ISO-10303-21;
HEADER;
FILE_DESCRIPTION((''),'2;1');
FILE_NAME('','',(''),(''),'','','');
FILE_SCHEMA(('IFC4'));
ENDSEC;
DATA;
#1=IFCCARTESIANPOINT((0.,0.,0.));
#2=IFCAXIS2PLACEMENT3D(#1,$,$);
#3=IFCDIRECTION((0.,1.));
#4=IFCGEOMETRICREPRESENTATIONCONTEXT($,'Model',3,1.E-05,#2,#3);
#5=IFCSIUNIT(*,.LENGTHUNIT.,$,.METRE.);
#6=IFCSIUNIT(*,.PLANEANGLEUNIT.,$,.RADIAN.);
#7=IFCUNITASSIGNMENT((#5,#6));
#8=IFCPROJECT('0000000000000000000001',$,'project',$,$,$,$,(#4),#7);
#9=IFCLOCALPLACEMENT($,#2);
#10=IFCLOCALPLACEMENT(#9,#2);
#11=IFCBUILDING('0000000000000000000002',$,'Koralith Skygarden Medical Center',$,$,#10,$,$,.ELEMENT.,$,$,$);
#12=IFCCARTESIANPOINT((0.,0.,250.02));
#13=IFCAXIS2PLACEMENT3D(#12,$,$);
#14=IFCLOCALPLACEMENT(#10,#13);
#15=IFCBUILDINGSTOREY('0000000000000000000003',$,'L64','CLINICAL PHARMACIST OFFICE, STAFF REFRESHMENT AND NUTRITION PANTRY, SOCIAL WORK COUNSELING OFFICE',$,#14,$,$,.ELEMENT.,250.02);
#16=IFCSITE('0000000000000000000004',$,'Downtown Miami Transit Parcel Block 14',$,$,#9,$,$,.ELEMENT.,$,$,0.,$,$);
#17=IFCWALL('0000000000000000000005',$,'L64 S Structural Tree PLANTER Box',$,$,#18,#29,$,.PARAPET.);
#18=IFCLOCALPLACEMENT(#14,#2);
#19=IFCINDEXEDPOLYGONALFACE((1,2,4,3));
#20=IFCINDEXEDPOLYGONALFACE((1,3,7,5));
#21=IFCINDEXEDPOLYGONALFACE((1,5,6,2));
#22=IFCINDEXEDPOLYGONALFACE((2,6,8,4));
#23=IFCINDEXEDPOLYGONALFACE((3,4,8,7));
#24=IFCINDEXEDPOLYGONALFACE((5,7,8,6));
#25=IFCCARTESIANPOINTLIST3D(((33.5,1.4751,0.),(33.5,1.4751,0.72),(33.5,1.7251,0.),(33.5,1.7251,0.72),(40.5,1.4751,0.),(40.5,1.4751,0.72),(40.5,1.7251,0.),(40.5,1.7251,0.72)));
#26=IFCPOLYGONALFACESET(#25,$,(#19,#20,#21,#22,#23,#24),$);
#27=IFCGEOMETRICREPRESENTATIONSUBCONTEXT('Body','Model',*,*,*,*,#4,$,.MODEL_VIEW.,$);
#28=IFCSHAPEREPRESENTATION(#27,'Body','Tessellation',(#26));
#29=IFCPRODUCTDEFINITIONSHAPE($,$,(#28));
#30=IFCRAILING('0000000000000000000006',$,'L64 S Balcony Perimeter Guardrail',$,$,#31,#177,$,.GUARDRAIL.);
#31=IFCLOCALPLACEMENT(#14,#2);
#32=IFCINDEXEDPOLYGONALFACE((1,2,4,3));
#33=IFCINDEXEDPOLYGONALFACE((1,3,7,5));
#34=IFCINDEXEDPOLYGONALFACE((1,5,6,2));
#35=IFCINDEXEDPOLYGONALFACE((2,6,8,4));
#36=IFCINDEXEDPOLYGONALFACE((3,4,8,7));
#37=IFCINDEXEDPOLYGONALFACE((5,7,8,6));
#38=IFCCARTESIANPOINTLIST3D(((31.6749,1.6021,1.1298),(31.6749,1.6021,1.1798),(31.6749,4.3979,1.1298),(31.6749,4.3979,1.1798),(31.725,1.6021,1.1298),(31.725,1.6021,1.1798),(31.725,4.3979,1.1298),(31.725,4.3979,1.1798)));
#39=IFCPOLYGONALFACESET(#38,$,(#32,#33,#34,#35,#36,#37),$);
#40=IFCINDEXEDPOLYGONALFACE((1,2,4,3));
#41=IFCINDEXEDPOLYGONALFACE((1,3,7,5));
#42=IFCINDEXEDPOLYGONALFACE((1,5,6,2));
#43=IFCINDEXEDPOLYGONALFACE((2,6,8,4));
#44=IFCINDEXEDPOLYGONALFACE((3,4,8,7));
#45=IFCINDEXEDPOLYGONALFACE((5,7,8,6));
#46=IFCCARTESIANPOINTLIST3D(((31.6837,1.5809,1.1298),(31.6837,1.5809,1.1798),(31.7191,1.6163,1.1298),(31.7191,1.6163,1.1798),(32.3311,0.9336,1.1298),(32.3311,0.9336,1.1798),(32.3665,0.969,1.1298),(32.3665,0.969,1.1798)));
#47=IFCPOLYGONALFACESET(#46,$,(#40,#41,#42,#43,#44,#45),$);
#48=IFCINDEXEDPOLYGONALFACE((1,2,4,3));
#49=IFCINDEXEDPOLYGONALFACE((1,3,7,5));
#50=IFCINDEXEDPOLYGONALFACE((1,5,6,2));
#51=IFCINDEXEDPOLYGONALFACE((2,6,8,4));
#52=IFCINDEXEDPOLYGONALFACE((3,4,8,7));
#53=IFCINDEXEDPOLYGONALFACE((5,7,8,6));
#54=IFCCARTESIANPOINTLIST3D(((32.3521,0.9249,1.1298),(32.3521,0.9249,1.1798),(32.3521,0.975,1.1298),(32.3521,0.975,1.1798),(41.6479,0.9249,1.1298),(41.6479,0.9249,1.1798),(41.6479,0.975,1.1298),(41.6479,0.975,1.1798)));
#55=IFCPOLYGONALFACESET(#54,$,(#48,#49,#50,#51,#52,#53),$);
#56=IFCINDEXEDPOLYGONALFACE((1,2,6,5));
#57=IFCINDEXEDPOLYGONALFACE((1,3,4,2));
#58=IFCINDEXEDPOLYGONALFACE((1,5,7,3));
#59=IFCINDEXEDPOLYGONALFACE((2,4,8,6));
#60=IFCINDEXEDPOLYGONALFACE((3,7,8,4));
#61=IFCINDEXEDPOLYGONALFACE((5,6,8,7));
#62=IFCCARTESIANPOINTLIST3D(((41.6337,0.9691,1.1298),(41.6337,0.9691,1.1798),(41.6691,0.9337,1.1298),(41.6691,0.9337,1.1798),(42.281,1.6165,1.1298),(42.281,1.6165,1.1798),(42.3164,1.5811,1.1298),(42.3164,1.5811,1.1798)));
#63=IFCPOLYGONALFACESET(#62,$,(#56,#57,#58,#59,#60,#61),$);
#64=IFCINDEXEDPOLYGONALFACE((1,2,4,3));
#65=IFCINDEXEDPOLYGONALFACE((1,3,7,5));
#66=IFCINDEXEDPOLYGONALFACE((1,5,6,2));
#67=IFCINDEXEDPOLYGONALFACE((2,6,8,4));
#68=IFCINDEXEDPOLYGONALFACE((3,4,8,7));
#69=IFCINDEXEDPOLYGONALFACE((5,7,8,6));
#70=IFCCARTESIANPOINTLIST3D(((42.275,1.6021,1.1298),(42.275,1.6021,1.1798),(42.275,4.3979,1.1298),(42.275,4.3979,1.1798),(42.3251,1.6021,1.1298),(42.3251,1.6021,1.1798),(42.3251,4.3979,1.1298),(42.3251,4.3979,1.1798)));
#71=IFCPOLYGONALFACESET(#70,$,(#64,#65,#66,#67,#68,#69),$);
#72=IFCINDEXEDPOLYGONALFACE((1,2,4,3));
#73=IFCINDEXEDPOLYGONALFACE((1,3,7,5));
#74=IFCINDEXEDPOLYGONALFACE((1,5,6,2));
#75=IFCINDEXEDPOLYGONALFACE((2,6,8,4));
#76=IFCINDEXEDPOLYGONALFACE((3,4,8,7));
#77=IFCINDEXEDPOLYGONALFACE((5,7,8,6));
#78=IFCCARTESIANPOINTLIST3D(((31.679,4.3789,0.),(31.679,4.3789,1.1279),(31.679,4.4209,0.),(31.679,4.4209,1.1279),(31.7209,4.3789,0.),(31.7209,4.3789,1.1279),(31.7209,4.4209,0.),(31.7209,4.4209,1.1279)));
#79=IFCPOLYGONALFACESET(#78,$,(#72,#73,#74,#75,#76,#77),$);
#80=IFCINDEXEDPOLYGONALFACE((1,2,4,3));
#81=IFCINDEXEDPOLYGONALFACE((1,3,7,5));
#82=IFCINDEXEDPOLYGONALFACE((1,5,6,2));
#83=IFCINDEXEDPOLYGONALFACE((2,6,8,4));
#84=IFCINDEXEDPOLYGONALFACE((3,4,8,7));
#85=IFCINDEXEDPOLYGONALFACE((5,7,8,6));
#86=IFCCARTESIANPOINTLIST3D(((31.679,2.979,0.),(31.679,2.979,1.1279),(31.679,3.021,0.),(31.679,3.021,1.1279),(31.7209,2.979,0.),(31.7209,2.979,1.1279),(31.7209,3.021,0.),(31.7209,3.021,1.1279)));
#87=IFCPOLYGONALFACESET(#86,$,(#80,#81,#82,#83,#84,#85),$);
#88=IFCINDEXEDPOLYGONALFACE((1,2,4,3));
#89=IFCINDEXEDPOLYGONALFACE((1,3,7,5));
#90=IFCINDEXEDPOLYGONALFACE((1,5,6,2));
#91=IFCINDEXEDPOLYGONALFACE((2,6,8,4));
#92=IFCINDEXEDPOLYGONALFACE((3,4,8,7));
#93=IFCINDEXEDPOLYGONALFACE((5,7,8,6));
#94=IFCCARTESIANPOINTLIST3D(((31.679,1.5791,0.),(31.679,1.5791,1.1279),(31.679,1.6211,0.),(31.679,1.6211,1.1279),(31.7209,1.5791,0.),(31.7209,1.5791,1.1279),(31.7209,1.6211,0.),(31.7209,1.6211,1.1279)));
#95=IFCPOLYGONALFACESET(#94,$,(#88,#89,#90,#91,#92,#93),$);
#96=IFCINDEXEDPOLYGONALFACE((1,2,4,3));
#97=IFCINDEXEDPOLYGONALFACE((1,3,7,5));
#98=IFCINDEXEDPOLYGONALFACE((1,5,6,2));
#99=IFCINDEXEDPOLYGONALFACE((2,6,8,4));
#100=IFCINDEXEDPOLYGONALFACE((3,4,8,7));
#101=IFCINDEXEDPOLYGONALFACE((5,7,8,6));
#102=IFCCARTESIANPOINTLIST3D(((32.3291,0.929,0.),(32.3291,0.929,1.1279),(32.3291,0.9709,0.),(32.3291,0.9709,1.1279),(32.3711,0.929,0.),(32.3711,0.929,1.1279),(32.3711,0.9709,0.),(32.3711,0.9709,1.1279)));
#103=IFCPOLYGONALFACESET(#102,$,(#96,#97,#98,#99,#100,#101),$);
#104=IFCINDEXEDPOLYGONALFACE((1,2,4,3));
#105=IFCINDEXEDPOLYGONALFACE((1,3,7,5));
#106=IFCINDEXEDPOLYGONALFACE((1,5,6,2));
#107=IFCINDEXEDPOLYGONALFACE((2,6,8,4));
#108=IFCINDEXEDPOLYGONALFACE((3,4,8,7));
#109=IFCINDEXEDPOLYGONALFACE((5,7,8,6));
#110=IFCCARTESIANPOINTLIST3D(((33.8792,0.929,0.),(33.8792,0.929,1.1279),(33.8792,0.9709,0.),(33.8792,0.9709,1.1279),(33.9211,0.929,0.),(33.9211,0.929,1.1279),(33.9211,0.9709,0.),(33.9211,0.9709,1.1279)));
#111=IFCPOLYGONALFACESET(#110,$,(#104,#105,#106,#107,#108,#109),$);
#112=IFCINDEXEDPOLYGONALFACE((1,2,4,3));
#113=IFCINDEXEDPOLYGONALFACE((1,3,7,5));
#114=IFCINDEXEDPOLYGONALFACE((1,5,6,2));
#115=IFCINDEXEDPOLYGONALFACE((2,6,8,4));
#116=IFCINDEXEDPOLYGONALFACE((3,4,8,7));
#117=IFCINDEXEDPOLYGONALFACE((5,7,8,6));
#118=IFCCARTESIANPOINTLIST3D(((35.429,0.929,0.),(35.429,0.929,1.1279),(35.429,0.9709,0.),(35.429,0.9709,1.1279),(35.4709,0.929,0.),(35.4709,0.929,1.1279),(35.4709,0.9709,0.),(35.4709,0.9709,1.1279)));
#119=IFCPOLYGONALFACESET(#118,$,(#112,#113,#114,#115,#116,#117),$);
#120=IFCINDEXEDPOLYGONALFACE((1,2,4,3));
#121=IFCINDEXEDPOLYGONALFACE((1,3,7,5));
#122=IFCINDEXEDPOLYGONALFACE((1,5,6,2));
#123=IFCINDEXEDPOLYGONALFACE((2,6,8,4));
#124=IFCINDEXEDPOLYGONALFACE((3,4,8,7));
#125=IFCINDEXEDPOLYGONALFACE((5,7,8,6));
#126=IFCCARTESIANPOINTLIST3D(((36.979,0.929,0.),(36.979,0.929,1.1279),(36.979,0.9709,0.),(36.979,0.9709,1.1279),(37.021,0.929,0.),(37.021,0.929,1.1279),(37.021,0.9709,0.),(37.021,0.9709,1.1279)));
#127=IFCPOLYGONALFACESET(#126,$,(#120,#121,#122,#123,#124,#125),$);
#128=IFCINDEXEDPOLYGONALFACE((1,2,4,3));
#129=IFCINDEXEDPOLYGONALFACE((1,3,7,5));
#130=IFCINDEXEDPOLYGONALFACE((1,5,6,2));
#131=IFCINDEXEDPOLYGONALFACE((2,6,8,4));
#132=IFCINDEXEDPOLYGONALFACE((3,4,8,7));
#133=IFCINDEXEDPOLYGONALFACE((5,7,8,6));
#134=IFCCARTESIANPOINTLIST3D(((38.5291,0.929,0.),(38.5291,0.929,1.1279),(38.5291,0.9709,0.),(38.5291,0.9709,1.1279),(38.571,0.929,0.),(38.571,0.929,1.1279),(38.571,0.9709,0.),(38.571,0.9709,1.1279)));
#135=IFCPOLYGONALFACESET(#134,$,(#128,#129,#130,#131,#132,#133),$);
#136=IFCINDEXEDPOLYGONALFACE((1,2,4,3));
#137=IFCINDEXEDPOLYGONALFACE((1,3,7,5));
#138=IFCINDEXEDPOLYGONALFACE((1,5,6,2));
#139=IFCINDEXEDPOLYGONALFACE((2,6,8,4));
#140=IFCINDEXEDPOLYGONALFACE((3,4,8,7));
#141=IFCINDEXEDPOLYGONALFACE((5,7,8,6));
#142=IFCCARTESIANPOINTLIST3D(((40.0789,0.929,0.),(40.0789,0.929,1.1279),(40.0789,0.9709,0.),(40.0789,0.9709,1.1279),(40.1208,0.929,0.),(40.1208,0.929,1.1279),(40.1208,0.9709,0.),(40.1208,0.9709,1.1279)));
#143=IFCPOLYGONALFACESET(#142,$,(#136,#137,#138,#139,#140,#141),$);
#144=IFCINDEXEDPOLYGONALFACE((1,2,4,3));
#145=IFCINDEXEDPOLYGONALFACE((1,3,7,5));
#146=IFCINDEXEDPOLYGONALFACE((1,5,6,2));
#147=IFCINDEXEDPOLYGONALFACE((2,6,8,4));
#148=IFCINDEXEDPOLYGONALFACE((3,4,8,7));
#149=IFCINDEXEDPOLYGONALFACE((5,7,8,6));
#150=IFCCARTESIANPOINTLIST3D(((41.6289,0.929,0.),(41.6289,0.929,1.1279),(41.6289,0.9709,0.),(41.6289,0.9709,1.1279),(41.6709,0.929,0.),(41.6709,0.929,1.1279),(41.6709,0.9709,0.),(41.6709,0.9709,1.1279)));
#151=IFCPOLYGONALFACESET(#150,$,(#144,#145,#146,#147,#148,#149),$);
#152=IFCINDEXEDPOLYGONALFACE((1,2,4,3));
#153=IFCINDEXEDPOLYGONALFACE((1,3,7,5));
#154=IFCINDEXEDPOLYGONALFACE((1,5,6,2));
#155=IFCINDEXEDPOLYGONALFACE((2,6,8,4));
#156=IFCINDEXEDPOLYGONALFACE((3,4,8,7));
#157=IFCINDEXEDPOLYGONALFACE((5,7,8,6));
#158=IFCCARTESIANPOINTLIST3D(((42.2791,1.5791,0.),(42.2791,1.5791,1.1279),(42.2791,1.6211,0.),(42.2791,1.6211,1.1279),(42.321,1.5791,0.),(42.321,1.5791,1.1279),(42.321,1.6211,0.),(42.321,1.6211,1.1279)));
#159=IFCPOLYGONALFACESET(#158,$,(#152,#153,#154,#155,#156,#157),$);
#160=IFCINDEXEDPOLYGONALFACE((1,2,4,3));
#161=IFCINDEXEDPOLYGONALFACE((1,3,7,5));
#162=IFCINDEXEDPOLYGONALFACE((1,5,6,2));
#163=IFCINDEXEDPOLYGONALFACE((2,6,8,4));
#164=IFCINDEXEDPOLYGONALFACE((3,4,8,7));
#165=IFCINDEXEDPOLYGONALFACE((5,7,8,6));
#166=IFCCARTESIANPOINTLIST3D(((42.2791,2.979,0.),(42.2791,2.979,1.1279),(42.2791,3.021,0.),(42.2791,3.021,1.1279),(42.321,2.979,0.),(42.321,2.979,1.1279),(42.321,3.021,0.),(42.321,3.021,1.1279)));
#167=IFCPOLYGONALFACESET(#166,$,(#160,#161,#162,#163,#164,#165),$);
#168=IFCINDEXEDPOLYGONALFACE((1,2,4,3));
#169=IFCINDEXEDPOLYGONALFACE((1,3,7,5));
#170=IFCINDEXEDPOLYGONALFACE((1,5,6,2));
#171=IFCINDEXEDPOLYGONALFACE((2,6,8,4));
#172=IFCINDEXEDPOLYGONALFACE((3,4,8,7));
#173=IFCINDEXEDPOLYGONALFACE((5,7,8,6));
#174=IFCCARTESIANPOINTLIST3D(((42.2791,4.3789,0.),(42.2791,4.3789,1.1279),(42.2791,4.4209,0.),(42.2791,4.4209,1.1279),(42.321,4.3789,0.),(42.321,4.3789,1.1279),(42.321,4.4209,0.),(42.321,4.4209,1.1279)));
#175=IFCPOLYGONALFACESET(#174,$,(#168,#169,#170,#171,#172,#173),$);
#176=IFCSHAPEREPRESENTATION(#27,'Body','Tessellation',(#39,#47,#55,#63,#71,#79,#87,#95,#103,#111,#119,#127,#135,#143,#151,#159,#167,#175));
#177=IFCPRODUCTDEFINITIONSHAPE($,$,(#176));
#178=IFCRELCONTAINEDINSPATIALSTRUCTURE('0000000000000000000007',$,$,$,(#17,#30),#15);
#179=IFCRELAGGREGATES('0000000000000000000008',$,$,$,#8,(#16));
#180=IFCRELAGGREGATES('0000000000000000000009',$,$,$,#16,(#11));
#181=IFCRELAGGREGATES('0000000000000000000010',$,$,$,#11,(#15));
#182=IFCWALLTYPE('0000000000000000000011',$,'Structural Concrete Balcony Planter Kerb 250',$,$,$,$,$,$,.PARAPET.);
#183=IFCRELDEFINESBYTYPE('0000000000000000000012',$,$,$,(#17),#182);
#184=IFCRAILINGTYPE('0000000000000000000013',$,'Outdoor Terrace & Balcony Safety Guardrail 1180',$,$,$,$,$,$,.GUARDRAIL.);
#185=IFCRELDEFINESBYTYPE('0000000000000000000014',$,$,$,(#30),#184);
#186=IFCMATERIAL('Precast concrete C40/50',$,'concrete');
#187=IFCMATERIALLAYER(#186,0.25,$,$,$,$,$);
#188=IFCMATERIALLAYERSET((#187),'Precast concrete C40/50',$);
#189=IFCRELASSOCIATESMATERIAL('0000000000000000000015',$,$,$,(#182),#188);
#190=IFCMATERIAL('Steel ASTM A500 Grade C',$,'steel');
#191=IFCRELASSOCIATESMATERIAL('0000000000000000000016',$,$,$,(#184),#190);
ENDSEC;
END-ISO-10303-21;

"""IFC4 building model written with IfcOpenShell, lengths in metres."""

from ifc_helpers import new_model, si_unit, direction, frame, frame_2d, origin, origin_2d, place, context, subcontext, project, spatial, rectangle, extrude, material, layer, layer_set, type_object, element, save


model = new_model("IFC4")

# Units and contexts
model_context = context("Model", 3, precision=1e-05, world=origin(), true_north=direction((0.0, 1.0)))
body_context = subcontext(model_context, "Body", "Model", "MODEL_VIEW")
ifc_project = project(units=[si_unit("LENGTHUNIT", "METRE"), si_unit("PLANEANGLEUNIT", "RADIAN")], contexts=[model_context])

# Site, building, storey
site_placement = place(None, origin())
site = spatial("IfcSite", under=ifc_project, at=site_placement, Name="Downtown Miami Transit Parcel Block 14", CompositionType="ELEMENT", RefElevation=0.0)
building_placement = place(site_placement, origin())
building = spatial("IfcBuilding", under=site, at=building_placement, Name="Koralith Skygarden Medical Center", CompositionType="ELEMENT")
storey_placement = place(building_placement, frame((0.0, 0.0, 250.02)))
storey = spatial("IfcBuildingStorey", under=building, at=storey_placement, Name="L64", Description="CLINICAL PHARMACIST OFFICE, STAFF REFRESHMENT AND NUTRITION PANTRY, SOCIAL WORK COUNSELING OFFICE", CompositionType="ELEMENT", Elevation=250.02)

# Wall
ifc_material_1 = material(Name="Precast concrete C40/50", Category="concrete")
ifc_layer_1 = layer(ifc_material_1, 0.25)
ifc_layer_set_1 = layer_set([ifc_layer_1], Name="Precast concrete C40/50")
wall_type_1 = type_object("IfcWallType", Name="Structural Concrete Balcony Planter Kerb 250", PredefinedType="PARAPET", material=ifc_layer_set_1)
wall_1_placement = place(storey_placement, frame((33.5, 1.6001, 0.0), z_axis=(0.0, 0.0, 1.0), x_axis=(1.0, 0.0, 0.0)))
element("IfcWall", 1, at=wall_1_placement, inside=storey, type_object=wall_type_1, Name="L64 S Structural Tree PLANTER Box", PredefinedType="PARAPET", context=body_context, shape_type="SweptSolid", body=[
    extrude(rectangle(XDim=7.0, YDim=0.25, at=frame_2d((3.5, 0.0))), origin(), (0.0, 0.0, 1.0), 0.72),
])

# Railing
ifc_material_2 = material(Name="Steel ASTM A500 Grade C", Category="steel")
railing_type = type_object("IfcRailingType", Name="Outdoor Terrace & Balcony Safety Guardrail 1180", PredefinedType="GUARDRAIL", material=ifc_material_2)
railing_placement = place(storey_placement, frame((31.7, 4.3999, 0.0)))
element("IfcRailing", 2, at=railing_placement, inside=storey, type_object=railing_type, Name="L64 S Balcony Perimeter Guardrail", PredefinedType="GUARDRAIL", context=body_context, shape_type="SweptSolid", body=[
    extrude(rectangle(XDim=0.05, YDim=0.05, at=origin_2d()), frame((0.0, -0.002, 1.1548), z_axis=(0.0, -1.0, 0.0), x_axis=(1.0, 0.0, 0.0)), (0.0, 0.0, 1.0), 2.7959),
    extrude(rectangle(XDim=0.05, YDim=0.05, at=origin_2d()), frame((0.0015, -2.8013, 1.1548), z_axis=(0.707107, -0.707107, 0.0), x_axis=(0.707107, 0.707107, 0.0)), (0.0, 0.0, 1.0), 0.9155),
    extrude(rectangle(XDim=0.05, YDim=0.05, at=origin_2d()), frame((0.6521, -3.45, 1.1548), z_axis=(1.0, 0.0, 0.0), x_axis=(0.0, 1.0, 0.0)), (0.0, 0.0, 1.0), 9.2959),
    extrude(rectangle(XDim=0.05, YDim=0.05, at=origin_2d()), frame((9.9514, -3.4485, 1.1548), z_axis=(0.707107, 0.707107, 0.0), x_axis=(-0.707107, 0.707107, 0.0)), (0.0, 0.0, 1.0), 0.9155),
    extrude(rectangle(XDim=0.05, YDim=0.05, at=origin_2d()), frame((10.6001, -2.7979, 1.1548), z_axis=(0.0, 1.0, 0.0), x_axis=(-1.0, 0.0, 0.0)), (0.0, 0.0, 1.0), 2.7959),
    extrude(rectangle(XDim=0.042, YDim=0.042, at=origin_2d()), origin(), (0.0, 0.0, 1.0), 1.1279),
    extrude(rectangle(XDim=0.042, YDim=0.042, at=origin_2d()), frame((0.0, -1.3999, 0.0)), (0.0, 0.0, 1.0), 1.1279),
    extrude(rectangle(XDim=0.042, YDim=0.042, at=origin_2d()), frame((0.0, -2.7998, 0.0)), (0.0, 0.0, 1.0), 1.1279),
    extrude(rectangle(XDim=0.042, YDim=0.042, at=origin_2d()), frame((0.6501, -3.45, 0.0)), (0.0, 0.0, 1.0), 1.1279),
    extrude(rectangle(XDim=0.042, YDim=0.042, at=origin_2d()), frame((2.2002, -3.45, 0.0)), (0.0, 0.0, 1.0), 1.1279),
    extrude(rectangle(XDim=0.042, YDim=0.042, at=origin_2d()), frame((3.75, -3.45, 0.0)), (0.0, 0.0, 1.0), 1.1279),
    extrude(rectangle(XDim=0.042, YDim=0.042, at=origin_2d()), frame((5.3, -3.45, 0.0)), (0.0, 0.0, 1.0), 1.1279),
    extrude(rectangle(XDim=0.042, YDim=0.042, at=origin_2d()), frame((6.8501, -3.45, 0.0)), (0.0, 0.0, 1.0), 1.1279),
    extrude(rectangle(XDim=0.042, YDim=0.042, at=origin_2d()), frame((8.3999, -3.45, 0.0)), (0.0, 0.0, 1.0), 1.1279),
    extrude(rectangle(XDim=0.042, YDim=0.042, at=origin_2d()), frame((9.95, -3.45, 0.0)), (0.0, 0.0, 1.0), 1.1279),
    extrude(rectangle(XDim=0.042, YDim=0.042, at=origin_2d()), frame((10.6001, -2.7998, 0.0)), (0.0, 0.0, 1.0), 1.1279),
    extrude(rectangle(XDim=0.042, YDim=0.042, at=origin_2d()), frame((10.6001, -1.3999, 0.0)), (0.0, 0.0, 1.0), 1.1279),
    extrude(rectangle(XDim=0.042, YDim=0.042, at=origin_2d()), frame((10.6001, 0.0, 0.0)), (0.0, 0.0, 1.0), 1.1279),
])

save(model, "model.ifc")
